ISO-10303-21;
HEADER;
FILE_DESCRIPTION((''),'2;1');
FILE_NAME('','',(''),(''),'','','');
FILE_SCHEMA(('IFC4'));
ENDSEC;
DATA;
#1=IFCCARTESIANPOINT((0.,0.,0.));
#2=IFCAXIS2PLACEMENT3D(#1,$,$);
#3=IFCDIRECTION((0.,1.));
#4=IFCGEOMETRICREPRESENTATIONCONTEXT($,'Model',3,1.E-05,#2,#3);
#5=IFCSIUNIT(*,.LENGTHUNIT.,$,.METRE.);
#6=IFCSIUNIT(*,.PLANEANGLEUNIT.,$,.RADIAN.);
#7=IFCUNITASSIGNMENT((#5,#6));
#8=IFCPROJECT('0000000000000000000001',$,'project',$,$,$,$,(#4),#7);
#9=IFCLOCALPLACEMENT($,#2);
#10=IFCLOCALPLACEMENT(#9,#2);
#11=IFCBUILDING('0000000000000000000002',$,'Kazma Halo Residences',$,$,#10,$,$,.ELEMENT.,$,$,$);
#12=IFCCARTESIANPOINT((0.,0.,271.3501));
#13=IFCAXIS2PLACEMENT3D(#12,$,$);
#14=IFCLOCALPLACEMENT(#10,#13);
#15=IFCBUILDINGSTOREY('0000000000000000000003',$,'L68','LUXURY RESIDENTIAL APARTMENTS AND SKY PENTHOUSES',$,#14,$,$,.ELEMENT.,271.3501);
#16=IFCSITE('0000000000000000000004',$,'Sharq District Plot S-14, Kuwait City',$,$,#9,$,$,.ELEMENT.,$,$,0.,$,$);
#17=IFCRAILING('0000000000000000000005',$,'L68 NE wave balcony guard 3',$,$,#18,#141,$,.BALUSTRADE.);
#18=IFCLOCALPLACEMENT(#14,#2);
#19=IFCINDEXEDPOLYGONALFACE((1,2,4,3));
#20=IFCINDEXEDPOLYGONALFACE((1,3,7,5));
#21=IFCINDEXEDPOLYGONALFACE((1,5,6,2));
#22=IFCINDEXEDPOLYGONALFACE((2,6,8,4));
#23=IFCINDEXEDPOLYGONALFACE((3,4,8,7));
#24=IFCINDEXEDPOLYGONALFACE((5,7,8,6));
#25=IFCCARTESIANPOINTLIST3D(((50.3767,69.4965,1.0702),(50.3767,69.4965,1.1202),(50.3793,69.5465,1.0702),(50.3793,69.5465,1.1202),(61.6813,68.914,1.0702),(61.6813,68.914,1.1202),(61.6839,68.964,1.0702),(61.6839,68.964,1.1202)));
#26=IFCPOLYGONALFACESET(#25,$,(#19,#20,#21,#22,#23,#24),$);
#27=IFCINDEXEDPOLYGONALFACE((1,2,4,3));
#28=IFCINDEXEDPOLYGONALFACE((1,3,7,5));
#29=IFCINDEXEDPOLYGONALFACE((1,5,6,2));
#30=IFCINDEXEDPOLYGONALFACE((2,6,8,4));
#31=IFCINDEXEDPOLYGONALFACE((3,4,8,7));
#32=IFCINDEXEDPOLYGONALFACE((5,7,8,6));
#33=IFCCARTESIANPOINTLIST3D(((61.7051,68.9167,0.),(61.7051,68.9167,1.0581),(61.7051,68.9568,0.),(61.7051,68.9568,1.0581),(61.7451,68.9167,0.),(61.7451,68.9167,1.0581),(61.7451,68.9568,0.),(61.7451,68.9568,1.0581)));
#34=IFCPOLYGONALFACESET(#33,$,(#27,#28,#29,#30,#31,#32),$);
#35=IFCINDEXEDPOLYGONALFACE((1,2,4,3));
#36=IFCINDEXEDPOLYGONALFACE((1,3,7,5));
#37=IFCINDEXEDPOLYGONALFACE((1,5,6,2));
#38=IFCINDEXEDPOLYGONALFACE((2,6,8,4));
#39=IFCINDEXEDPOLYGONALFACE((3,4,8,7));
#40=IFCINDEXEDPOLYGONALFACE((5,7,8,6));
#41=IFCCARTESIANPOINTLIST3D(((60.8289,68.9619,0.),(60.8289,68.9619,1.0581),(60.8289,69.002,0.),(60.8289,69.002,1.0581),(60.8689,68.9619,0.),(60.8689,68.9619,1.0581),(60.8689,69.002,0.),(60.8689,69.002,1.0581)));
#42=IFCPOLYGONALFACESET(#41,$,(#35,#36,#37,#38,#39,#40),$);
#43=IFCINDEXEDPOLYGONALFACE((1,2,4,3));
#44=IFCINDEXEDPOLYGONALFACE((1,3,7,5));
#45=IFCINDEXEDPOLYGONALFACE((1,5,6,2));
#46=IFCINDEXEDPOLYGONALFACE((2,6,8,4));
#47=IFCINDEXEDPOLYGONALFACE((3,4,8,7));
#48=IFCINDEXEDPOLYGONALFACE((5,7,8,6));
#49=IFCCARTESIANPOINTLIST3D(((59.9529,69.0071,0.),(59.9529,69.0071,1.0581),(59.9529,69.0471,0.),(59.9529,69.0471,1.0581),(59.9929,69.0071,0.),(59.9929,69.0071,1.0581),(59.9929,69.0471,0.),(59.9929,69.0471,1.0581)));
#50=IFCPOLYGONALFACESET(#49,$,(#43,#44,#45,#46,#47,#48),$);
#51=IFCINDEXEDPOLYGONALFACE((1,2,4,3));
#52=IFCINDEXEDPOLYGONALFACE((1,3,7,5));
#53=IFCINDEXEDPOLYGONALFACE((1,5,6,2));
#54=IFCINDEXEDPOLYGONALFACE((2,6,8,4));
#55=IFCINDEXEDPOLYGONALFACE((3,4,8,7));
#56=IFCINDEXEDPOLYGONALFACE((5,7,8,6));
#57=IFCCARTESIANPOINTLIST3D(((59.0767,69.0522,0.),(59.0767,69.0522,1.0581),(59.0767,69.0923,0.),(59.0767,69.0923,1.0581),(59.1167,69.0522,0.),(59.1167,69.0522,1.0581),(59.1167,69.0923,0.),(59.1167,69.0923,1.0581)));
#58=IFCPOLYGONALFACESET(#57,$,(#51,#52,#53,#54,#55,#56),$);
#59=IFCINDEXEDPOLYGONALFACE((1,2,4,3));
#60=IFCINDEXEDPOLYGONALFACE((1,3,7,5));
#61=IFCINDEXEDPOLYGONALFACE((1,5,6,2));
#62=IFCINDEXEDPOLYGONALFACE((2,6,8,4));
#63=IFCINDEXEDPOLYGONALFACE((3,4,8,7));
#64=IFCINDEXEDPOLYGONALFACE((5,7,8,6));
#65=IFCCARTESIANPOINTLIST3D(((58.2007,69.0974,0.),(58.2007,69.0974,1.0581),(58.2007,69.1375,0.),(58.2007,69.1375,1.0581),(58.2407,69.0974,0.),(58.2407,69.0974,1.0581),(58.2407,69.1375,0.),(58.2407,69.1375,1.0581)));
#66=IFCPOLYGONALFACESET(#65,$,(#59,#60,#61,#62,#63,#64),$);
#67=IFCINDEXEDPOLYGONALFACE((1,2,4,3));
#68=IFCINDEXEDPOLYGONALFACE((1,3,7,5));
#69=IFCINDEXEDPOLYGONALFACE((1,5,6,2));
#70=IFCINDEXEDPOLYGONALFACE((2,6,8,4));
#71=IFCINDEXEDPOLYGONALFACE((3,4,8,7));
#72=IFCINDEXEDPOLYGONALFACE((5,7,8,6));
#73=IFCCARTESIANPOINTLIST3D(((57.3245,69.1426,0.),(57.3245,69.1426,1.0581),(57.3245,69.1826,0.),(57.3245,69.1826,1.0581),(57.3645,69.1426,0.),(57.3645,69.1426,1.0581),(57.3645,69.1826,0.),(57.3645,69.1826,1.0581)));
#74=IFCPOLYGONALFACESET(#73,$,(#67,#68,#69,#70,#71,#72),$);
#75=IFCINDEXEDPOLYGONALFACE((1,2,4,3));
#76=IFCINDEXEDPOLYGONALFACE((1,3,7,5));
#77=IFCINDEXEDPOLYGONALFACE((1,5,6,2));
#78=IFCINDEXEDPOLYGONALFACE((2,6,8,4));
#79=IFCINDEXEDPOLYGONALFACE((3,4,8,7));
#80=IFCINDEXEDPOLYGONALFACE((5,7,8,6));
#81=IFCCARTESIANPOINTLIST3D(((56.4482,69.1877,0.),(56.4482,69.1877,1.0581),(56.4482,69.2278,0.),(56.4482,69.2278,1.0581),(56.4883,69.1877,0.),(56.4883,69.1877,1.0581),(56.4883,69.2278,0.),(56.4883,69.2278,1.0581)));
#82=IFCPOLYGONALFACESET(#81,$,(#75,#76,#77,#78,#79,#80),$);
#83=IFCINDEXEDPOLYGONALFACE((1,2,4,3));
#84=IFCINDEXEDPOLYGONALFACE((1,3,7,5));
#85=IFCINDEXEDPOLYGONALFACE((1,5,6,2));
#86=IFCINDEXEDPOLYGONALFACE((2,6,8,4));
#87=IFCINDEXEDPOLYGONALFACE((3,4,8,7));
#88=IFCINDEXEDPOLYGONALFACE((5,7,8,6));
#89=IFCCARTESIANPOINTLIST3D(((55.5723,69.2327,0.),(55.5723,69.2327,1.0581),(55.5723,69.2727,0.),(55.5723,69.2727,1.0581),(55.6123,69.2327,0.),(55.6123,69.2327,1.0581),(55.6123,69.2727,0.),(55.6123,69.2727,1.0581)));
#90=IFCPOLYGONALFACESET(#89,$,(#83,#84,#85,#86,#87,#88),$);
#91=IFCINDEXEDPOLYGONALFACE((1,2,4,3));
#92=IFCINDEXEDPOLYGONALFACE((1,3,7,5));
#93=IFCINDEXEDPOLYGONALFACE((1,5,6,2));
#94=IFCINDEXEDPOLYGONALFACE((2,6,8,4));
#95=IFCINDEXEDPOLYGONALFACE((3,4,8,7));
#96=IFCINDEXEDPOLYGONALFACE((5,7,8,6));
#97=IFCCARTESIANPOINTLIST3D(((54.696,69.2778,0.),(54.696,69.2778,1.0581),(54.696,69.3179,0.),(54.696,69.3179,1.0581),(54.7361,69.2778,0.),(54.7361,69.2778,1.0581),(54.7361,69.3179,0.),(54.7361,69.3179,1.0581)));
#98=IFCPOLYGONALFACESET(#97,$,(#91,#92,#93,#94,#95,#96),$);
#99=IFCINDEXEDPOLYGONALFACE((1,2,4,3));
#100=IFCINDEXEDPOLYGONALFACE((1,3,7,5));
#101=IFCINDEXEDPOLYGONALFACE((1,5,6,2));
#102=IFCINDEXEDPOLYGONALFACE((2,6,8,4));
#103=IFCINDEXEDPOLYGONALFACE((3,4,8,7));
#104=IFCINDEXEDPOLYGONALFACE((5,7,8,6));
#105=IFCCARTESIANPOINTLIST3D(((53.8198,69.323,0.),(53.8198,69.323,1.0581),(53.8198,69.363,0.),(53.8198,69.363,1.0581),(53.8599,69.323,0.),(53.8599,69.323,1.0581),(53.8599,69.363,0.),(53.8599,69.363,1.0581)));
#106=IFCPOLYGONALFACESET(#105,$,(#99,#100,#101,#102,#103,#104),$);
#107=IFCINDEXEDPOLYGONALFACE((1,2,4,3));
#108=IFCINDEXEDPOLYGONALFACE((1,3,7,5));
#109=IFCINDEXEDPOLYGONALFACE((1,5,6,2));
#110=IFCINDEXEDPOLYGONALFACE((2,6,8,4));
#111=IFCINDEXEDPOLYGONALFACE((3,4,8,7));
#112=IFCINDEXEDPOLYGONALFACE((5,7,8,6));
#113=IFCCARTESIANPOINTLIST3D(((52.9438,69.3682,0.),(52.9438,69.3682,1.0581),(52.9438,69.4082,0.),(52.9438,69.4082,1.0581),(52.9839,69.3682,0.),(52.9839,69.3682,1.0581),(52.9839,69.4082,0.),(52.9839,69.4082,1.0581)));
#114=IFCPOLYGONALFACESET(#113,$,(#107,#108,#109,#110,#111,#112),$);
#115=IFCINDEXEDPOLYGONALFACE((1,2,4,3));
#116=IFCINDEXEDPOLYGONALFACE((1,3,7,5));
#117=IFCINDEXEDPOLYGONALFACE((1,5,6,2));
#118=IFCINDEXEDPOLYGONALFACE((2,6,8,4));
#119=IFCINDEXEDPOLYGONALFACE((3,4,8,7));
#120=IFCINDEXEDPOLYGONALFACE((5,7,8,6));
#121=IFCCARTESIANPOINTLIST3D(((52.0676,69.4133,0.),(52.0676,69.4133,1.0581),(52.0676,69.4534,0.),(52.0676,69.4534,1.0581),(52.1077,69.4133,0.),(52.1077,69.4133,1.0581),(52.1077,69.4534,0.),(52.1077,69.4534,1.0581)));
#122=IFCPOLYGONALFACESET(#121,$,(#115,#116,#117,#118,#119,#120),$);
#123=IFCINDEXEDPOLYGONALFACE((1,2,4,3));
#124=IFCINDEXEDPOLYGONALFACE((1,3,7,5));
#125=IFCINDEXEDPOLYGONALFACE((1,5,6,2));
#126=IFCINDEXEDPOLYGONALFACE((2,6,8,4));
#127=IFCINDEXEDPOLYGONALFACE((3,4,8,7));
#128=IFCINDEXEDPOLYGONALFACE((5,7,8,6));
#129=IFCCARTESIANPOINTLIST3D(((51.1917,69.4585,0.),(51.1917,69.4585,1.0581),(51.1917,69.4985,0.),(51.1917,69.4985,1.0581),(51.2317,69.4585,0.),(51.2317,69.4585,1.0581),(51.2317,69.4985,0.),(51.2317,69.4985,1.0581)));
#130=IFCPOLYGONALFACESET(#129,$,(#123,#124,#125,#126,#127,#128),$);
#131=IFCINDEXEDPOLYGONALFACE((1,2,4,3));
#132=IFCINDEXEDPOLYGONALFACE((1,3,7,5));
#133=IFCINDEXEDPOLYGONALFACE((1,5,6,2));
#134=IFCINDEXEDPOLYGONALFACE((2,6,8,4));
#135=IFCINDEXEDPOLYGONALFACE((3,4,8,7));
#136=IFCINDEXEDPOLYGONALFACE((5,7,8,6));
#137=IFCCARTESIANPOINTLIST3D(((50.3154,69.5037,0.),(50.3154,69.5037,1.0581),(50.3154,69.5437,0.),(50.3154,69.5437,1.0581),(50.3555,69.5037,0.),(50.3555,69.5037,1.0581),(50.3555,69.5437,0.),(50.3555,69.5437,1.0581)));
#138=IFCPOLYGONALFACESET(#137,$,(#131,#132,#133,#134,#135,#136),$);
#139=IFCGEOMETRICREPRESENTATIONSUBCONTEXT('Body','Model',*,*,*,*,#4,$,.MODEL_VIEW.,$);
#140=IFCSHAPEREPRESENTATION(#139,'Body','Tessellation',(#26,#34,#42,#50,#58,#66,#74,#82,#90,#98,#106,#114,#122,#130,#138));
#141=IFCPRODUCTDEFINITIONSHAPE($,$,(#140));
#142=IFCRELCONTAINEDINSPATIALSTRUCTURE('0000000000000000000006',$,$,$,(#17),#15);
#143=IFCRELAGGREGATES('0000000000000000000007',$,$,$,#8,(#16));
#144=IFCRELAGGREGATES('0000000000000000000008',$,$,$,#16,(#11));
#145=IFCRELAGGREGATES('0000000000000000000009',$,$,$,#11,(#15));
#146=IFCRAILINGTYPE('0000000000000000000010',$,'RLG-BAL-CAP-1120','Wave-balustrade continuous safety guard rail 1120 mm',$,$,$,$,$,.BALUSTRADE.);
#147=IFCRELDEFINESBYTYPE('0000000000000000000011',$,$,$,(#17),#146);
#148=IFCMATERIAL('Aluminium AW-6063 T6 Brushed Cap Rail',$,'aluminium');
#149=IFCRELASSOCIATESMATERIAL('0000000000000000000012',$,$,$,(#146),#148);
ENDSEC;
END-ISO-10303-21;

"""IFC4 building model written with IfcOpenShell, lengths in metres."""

from ifc_helpers import new_model, si_unit, direction, frame, origin, origin_2d, place, context, subcontext, project, spatial, rectangle, extrude, material, type_object, element, save


model = new_model("IFC4")

# Units and contexts
model_context = context("Model", 3, precision=1e-05, world=origin(), true_north=direction((0.0, 1.0)))
body_context = subcontext(model_context, "Body", "Model", "MODEL_VIEW")
ifc_project = project(units=[si_unit("LENGTHUNIT", "METRE"), si_unit("PLANEANGLEUNIT", "RADIAN")], contexts=[model_context])

# Site, building, storey
site_placement = place(None, origin())
site = spatial("IfcSite", under=ifc_project, at=site_placement, Name="Sharq District Plot S-14, Kuwait City", CompositionType="ELEMENT", RefElevation=0.0)
building_placement = place(site_placement, origin())
building = spatial("IfcBuilding", under=site, at=building_placement, Name="Kazma Halo Residences", CompositionType="ELEMENT")
storey_placement = place(building_placement, frame((0.0, 0.0, 271.3501)))
storey = spatial("IfcBuildingStorey", under=building, at=storey_placement, Name="L68", Description="LUXURY RESIDENTIAL APARTMENTS AND SKY PENTHOUSES", CompositionType="ELEMENT", Elevation=271.3501)

# Railing
ifc_material_1 = material(Name="Aluminium AW-6063 T6 Brushed Cap Rail", Category="aluminium")
railing_type = type_object("IfcRailingType", Name="RLG-BAL-CAP-1120", Description="Wave-balustrade continuous safety guard rail 1120 mm", PredefinedType="BALUSTRADE", material=ifc_material_1)
railing_1_placement = place(storey_placement, frame((61.7251, 68.9368, 0.0)))
element("IfcRailing", 1, at=railing_1_placement, inside=storey, type_object=railing_type, Name="L68 NE wave balcony guard 3", PredefinedType="BALUSTRADE", context=body_context, shape_type="SweptSolid", body=[
    extrude(rectangle(XDim=0.05, YDim=0.05, at=origin_2d()), frame((-0.0425, 0.0022, 1.0952), z_axis=(-0.998675, 0.051462, 0.0), x_axis=(-0.051462, -0.998675, 0.0)), (0.0, 0.0, 1.0), 11.3196),
    extrude(rectangle(XDim=0.04, YDim=0.04, at=origin_2d()), origin(), (0.0, 0.0, 1.0), 1.0581),
    extrude(rectangle(XDim=0.04, YDim=0.04, at=origin_2d()), frame((-0.8762, 0.0452, 0.0)), (0.0, 0.0, 1.0), 1.0581),
    extrude(rectangle(XDim=0.04, YDim=0.04, at=origin_2d()), frame((-1.7522, 0.0903, 0.0)), (0.0, 0.0, 1.0), 1.0581),
    extrude(rectangle(XDim=0.04, YDim=0.04, at=origin_2d()), frame((-2.6284, 0.1355, 0.0)), (0.0, 0.0, 1.0), 1.0581),
    extrude(rectangle(XDim=0.04, YDim=0.04, at=origin_2d()), frame((-3.5044, 0.1807, 0.0)), (0.0, 0.0, 1.0), 1.0581),
    extrude(rectangle(XDim=0.04, YDim=0.04, at=origin_2d()), frame((-4.3806, 0.2258, 0.0)), (0.0, 0.0, 1.0), 1.0581),
    extrude(rectangle(XDim=0.04, YDim=0.04, at=origin_2d()), frame((-5.2568, 0.271, 0.0)), (0.0, 0.0, 1.0), 1.0581),
    extrude(rectangle(XDim=0.04, YDim=0.04, at=origin_2d()), frame((-6.1328, 0.3159, 0.0)), (0.0, 0.0, 1.0), 1.0581),
    extrude(rectangle(XDim=0.04, YDim=0.04, at=origin_2d()), frame((-7.009, 0.3611, 0.0)), (0.0, 0.0, 1.0), 1.0581),
    extrude(rectangle(XDim=0.04, YDim=0.04, at=origin_2d()), frame((-7.8853, 0.4062, 0.0)), (0.0, 0.0, 1.0), 1.0581),
    extrude(rectangle(XDim=0.04, YDim=0.04, at=origin_2d()), frame((-8.7612, 0.4514, 0.0)), (0.0, 0.0, 1.0), 1.0581),
    extrude(rectangle(XDim=0.04, YDim=0.04, at=origin_2d()), frame((-9.6375, 0.4966, 0.0)), (0.0, 0.0, 1.0), 1.0581),
    extrude(rectangle(XDim=0.04, YDim=0.04, at=origin_2d()), frame((-10.5134, 0.5417, 0.0)), (0.0, 0.0, 1.0), 1.0581),
    extrude(rectangle(XDim=0.04, YDim=0.04, at=origin_2d()), frame((-11.3896, 0.5869, 0.0)), (0.0, 0.0, 1.0), 1.0581),
])

save(model, "model.ifc")
